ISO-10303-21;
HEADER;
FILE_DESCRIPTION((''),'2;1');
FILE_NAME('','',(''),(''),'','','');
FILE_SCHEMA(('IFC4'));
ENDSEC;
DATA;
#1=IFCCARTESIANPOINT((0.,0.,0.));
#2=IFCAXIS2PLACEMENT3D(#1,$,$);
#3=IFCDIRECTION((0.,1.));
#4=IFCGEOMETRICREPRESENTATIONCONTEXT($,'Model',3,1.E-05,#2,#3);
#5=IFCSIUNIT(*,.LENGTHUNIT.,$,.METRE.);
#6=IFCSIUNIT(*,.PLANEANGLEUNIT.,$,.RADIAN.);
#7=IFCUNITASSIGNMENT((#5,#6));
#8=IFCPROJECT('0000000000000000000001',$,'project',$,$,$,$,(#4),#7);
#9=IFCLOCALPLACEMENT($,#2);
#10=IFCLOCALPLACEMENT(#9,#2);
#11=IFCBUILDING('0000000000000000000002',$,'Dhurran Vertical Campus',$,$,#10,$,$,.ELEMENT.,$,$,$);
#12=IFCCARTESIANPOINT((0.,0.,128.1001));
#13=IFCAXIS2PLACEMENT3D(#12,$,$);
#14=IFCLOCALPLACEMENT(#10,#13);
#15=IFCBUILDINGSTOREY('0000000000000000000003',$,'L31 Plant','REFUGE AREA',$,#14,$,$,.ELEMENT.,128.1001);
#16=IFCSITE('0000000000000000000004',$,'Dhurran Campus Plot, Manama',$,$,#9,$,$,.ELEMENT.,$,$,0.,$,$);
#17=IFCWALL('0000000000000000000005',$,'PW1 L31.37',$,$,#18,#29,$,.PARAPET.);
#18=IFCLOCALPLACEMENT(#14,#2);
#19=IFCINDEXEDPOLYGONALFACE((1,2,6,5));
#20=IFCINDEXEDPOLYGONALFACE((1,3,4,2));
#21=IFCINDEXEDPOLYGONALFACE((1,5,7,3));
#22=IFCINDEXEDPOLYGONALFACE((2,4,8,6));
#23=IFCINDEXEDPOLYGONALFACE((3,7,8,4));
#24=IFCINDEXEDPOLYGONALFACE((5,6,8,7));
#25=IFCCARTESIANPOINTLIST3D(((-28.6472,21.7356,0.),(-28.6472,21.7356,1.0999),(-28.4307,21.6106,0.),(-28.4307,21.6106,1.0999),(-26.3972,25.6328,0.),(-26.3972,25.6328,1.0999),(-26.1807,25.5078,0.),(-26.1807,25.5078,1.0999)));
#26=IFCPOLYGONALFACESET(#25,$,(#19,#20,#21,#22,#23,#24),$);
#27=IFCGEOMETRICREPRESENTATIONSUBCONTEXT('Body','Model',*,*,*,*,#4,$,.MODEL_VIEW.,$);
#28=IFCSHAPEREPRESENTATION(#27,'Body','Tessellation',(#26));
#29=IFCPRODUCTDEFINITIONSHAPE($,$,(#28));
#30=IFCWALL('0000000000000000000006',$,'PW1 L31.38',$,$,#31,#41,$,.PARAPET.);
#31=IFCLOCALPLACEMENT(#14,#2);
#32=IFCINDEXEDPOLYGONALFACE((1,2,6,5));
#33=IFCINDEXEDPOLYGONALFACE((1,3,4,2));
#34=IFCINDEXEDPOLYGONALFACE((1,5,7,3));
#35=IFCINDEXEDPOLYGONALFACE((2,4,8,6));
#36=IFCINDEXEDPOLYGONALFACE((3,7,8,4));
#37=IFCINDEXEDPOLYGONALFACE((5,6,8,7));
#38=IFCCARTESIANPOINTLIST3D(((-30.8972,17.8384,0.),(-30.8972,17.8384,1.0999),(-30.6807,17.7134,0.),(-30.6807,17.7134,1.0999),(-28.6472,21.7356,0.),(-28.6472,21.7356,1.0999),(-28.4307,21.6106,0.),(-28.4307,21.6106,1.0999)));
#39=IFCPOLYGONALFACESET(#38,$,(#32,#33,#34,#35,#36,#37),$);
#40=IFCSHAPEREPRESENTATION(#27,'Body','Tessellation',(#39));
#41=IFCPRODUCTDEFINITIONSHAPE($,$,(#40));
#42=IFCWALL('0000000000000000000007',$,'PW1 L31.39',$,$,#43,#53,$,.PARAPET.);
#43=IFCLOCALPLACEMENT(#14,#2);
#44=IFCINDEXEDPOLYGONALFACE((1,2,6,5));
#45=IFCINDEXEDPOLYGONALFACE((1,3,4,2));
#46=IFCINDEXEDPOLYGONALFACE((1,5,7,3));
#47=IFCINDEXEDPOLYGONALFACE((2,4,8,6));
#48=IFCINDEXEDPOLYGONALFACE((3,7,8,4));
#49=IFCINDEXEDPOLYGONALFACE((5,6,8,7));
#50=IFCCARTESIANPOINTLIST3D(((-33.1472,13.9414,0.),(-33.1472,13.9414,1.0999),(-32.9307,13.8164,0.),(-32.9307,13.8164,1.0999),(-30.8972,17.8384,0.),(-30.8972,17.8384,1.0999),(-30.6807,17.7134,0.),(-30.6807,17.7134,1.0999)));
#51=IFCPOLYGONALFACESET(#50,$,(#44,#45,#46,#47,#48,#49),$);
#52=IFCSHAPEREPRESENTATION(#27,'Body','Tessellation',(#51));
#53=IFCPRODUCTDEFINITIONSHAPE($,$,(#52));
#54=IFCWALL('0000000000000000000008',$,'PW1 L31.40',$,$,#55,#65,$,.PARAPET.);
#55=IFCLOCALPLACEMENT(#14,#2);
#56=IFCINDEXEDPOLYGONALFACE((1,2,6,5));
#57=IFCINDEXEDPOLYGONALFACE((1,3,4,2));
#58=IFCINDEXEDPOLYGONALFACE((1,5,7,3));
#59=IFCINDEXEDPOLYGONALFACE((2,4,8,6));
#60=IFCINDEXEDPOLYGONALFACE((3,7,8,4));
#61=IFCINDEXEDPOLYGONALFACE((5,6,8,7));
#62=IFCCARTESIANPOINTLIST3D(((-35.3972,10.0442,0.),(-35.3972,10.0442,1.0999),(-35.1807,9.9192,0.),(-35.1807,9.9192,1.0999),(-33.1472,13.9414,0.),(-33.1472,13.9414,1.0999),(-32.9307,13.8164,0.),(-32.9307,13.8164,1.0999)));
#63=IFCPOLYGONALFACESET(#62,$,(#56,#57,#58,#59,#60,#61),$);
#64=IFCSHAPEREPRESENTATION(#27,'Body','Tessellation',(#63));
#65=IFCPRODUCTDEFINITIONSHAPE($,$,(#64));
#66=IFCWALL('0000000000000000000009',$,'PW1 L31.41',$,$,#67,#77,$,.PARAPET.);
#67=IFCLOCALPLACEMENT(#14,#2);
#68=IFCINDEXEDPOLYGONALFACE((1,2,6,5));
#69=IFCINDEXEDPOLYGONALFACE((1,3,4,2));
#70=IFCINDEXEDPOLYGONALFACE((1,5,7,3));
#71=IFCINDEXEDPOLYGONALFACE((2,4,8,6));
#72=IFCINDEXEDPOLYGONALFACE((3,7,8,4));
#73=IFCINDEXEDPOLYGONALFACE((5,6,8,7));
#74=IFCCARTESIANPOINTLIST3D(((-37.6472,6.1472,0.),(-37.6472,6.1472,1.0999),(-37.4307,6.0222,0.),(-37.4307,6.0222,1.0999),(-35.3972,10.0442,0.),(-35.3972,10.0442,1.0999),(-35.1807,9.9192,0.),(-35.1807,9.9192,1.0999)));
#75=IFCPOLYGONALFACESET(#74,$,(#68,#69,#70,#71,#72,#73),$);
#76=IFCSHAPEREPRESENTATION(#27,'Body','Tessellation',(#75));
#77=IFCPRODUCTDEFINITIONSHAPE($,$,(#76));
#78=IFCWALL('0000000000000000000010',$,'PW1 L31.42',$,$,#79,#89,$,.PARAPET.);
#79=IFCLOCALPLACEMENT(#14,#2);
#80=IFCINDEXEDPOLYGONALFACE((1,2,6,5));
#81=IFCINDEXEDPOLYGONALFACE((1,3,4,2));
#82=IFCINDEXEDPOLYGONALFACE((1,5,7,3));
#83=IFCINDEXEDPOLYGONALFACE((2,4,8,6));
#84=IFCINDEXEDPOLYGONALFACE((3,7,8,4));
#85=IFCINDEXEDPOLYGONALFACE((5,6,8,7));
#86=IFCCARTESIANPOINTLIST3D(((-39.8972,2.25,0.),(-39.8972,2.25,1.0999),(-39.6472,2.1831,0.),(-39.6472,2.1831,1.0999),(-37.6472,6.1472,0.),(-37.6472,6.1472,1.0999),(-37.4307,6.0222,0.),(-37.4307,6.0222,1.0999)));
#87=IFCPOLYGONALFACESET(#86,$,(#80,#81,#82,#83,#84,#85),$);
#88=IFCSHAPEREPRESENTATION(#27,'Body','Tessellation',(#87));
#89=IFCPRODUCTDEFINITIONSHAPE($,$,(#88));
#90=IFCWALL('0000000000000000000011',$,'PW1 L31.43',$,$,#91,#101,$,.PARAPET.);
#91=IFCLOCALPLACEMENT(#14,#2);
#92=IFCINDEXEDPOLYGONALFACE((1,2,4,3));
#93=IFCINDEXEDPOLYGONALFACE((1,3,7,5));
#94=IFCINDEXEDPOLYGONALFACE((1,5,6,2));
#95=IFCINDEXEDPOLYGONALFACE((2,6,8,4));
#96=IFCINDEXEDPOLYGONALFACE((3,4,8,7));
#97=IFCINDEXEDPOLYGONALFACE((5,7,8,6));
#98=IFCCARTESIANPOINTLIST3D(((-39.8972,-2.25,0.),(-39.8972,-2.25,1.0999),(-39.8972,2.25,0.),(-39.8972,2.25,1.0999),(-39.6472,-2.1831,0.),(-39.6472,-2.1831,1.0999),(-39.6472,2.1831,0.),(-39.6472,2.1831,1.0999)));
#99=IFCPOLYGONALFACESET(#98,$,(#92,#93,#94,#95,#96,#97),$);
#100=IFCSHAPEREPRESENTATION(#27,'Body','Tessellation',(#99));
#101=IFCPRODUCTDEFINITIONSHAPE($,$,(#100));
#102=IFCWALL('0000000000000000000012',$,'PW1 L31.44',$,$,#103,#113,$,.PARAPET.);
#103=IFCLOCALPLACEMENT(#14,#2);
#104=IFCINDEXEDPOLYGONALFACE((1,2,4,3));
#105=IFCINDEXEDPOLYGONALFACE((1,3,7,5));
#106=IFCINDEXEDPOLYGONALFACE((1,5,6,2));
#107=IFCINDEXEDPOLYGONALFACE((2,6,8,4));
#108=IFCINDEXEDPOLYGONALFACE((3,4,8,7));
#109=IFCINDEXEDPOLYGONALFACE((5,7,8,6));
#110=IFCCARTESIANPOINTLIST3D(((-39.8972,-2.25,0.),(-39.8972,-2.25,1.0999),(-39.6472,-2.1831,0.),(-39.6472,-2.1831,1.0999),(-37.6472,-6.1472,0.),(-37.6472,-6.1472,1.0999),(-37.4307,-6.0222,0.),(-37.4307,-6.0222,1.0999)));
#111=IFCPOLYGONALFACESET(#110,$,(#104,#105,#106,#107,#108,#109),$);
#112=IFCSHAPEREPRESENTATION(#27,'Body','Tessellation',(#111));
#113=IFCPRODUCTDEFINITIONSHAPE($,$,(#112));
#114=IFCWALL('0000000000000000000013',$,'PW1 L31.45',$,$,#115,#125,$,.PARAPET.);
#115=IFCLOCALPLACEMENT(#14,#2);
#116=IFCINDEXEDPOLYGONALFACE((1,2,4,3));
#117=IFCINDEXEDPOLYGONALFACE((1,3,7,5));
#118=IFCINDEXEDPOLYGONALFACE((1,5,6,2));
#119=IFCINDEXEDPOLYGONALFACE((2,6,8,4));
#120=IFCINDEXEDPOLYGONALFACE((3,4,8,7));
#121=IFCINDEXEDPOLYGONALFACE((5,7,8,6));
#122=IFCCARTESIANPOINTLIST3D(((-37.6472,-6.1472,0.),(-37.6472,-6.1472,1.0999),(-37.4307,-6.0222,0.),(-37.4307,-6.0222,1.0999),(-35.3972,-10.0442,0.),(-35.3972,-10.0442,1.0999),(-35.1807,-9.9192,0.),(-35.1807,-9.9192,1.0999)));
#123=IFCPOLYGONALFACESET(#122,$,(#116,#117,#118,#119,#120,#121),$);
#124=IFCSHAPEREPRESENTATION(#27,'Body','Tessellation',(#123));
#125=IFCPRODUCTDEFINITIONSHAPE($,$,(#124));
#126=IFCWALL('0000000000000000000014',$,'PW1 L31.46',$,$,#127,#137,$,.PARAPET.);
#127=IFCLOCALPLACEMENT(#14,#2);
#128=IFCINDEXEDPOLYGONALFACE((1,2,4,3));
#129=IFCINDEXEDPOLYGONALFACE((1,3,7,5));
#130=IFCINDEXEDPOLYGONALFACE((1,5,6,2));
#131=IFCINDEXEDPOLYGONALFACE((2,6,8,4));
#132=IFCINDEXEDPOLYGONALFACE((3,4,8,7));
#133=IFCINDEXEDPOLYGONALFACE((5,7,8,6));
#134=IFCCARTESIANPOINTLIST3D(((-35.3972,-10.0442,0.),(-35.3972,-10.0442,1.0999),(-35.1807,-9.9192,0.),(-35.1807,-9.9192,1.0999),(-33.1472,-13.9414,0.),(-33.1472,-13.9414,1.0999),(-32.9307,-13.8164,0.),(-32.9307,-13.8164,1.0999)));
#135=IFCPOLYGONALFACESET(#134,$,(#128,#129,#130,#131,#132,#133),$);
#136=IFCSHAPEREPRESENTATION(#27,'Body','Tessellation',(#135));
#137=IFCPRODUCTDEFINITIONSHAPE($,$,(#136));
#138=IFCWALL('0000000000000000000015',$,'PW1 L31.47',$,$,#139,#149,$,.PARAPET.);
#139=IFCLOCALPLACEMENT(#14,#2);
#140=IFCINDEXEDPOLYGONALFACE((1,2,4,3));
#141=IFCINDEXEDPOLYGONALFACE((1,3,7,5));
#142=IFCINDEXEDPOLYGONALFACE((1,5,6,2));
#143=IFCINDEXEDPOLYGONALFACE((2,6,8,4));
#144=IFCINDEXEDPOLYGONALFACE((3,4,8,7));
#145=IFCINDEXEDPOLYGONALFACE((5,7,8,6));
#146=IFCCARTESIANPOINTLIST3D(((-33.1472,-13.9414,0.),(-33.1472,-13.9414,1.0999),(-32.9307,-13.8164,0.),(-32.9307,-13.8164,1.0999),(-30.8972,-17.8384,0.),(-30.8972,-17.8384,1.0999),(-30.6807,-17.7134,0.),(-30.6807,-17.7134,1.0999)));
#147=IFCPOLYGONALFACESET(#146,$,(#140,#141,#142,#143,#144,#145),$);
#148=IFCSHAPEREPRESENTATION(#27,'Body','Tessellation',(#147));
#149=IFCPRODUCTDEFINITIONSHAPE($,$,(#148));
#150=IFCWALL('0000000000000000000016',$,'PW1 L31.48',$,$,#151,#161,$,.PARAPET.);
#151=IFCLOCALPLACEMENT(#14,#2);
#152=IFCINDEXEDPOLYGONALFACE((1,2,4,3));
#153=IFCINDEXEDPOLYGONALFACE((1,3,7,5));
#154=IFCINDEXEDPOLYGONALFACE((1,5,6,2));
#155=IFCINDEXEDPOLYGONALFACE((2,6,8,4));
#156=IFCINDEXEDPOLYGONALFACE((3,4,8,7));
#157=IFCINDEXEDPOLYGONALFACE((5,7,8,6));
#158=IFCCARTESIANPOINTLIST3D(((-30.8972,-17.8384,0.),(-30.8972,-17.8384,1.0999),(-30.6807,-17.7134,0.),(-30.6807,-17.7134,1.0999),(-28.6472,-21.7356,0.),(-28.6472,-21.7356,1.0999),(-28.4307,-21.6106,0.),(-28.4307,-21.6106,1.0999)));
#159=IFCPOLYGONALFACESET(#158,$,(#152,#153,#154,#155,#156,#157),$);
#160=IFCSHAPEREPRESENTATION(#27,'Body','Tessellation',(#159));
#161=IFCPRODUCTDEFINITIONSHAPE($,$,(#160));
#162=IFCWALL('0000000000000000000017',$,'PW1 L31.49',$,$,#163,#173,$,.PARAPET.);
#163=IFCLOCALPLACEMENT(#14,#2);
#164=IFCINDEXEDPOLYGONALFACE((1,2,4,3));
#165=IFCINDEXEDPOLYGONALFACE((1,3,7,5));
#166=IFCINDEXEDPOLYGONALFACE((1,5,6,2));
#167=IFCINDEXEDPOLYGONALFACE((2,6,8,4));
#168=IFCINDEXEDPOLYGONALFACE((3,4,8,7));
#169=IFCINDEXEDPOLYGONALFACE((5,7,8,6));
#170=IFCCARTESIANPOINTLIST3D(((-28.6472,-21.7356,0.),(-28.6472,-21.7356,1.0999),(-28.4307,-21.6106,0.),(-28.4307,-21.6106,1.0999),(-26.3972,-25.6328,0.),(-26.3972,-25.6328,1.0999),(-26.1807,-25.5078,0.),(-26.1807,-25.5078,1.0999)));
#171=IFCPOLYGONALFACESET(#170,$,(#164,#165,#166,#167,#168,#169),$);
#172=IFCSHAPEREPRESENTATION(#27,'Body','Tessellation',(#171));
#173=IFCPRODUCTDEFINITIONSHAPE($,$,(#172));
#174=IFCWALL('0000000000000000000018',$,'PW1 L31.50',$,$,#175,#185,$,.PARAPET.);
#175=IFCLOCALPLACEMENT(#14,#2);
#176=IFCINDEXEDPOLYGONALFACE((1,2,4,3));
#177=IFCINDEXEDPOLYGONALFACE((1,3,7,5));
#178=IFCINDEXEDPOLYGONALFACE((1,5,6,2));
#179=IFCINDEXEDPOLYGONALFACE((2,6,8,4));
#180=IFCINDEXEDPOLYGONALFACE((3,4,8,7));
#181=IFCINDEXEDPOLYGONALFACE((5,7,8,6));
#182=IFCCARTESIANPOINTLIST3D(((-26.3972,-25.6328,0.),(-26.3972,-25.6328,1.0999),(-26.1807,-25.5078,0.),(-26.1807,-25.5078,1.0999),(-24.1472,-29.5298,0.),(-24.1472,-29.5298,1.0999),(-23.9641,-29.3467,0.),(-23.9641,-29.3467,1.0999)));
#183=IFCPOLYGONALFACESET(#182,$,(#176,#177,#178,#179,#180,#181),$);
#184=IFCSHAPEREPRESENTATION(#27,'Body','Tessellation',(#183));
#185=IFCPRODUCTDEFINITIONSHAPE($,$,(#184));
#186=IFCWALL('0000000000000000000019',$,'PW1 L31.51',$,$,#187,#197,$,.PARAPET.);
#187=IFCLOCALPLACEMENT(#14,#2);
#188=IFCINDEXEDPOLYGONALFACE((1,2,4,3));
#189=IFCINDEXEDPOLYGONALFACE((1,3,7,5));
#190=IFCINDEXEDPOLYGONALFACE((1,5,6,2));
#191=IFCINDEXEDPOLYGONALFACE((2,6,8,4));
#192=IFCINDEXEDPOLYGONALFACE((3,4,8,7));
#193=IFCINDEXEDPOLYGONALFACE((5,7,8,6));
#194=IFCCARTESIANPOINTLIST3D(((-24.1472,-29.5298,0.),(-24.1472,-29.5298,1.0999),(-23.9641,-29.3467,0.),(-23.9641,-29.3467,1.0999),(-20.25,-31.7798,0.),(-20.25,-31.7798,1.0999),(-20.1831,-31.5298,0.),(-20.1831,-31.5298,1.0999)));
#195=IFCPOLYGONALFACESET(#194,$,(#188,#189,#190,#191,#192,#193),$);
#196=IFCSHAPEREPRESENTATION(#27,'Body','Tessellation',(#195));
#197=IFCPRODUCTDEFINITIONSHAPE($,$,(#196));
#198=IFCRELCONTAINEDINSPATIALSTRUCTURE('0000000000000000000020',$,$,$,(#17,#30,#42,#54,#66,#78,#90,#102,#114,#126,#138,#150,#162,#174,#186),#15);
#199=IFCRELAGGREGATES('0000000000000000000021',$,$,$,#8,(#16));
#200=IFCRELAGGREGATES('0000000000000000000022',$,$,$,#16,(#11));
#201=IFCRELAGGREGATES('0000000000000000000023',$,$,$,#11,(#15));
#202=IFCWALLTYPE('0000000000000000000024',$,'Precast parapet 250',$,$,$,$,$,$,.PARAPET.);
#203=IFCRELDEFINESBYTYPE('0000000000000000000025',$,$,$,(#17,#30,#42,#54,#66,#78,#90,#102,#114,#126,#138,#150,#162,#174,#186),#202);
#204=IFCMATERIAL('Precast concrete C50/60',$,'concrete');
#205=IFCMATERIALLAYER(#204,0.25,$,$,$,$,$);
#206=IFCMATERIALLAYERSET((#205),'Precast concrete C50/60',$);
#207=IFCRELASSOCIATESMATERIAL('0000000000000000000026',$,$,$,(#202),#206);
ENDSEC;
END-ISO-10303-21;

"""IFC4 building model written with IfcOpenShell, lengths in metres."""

from ifc_helpers import new_model, si_unit, direction, frame, origin, place, context, subcontext, project, spatial, polyline, outline, extrude, material, layer, layer_set, type_object, element, save


model = new_model("IFC4")

# Units and contexts
model_context = context("Model", 3, precision=1e-05, world=origin(), true_north=direction((0.0, 1.0)))
body_context = subcontext(model_context, "Body", "Model", "MODEL_VIEW")
ifc_project = project(units=[si_unit("LENGTHUNIT", "METRE"), si_unit("PLANEANGLEUNIT", "RADIAN")], contexts=[model_context])

# Site, building, storey
site_placement = place(None, origin())
site = spatial("IfcSite", under=ifc_project, at=site_placement, Name="Dhurran Campus Plot, Manama", CompositionType="ELEMENT", RefElevation=0.0)
building_placement = place(site_placement, origin())
building = spatial("IfcBuilding", under=site, at=building_placement, Name="Dhurran Vertical Campus", CompositionType="ELEMENT")
storey_placement = place(building_placement, frame((0.0, 0.0, 128.1001)))
storey = spatial("IfcBuildingStorey", under=building, at=storey_placement, Name="L31 Plant", Description="REFUGE AREA", CompositionType="ELEMENT", Elevation=128.1001)

# Walls
ifc_material_1 = material(Name="Precast concrete C50/60", Category="concrete")
ifc_layer_1 = layer(ifc_material_1, 0.25)
ifc_layer_set_1 = layer_set([ifc_layer_1], Name="Precast concrete C50/60")
wall_type_1 = type_object("IfcWallType", Name="Precast parapet 250", PredefinedType="PARAPET", material=ifc_layer_set_1)
wall_1_placement = place(storey_placement, origin())
element("IfcWall", 1, at=wall_1_placement, inside=storey, type_object=wall_type_1, Name="PW1 L31.37", PredefinedType="PARAPET", context=body_context, shape_type="SweptSolid", body=[
    extrude(outline(polyline([(-26.3972, 25.6328), (-28.6472, 21.7356), (-28.4307, 21.6106), (-26.1807, 25.5078), (-26.3972, 25.6328)])), origin(), (0.0, 0.0, 1.0), 1.0999),
])
wall_2_placement = place(storey_placement, origin())
element("IfcWall", 2, at=wall_2_placement, inside=storey, type_object=wall_type_1, Name="PW1 L31.38", PredefinedType="PARAPET", context=body_context, shape_type="SweptSolid", body=[
    extrude(outline(polyline([(-28.6472, 21.7356), (-30.8972, 17.8384), (-30.6807, 17.7134), (-28.4307, 21.6106), (-28.6472, 21.7356)])), origin(), (0.0, 0.0, 1.0), 1.0999),
])
wall_3_placement = place(storey_placement, origin())
element("IfcWall", 3, at=wall_3_placement, inside=storey, type_object=wall_type_1, Name="PW1 L31.39", PredefinedType="PARAPET", context=body_context, shape_type="SweptSolid", body=[
    extrude(outline(polyline([(-30.8972, 17.8384), (-33.1472, 13.9414), (-32.9307, 13.8164), (-30.6807, 17.7134), (-30.8972, 17.8384)])), origin(), (0.0, 0.0, 1.0), 1.0999),
])
wall_4_placement = place(storey_placement, origin())
element("IfcWall", 4, at=wall_4_placement, inside=storey, type_object=wall_type_1, Name="PW1 L31.40", PredefinedType="PARAPET", context=body_context, shape_type="SweptSolid", body=[
    extrude(outline(polyline([(-33.1472, 13.9414), (-35.3972, 10.0442), (-35.1807, 9.9192), (-32.9307, 13.8164), (-33.1472, 13.9414)])), origin(), (0.0, 0.0, 1.0), 1.0999),
])
wall_5_placement = place(storey_placement, origin())
element("IfcWall", 5, at=wall_5_placement, inside=storey, type_object=wall_type_1, Name="PW1 L31.41", PredefinedType="PARAPET", context=body_context, shape_type="SweptSolid", body=[
    extrude(outline(polyline([(-35.3972, 10.0442), (-37.6472, 6.1472), (-37.4307, 6.0222), (-35.1807, 9.9192), (-35.3972, 10.0442)])), origin(), (0.0, 0.0, 1.0), 1.0999),
])
wall_6_placement = place(storey_placement, origin())
element("IfcWall", 6, at=wall_6_placement, inside=storey, type_object=wall_type_1, Name="PW1 L31.42", PredefinedType="PARAPET", context=body_context, shape_type="SweptSolid", body=[
    extrude(outline(polyline([(-37.6472, 6.1472), (-39.8972, 2.25), (-39.6472, 2.1831), (-37.4307, 6.0222), (-37.6472, 6.1472)])), origin(), (0.0, 0.0, 1.0), 1.0999),
])
wall_7_placement = place(storey_placement, origin())
element("IfcWall", 7, at=wall_7_placement, inside=storey, type_object=wall_type_1, Name="PW1 L31.43", PredefinedType="PARAPET", context=body_context, shape_type="SweptSolid", body=[
    extrude(outline(polyline([(-39.8972, 2.25), (-39.8972, -2.25), (-39.6472, -2.1831), (-39.6472, 2.1831), (-39.8972, 2.25)])), origin(), (0.0, 0.0, 1.0), 1.0999),
])
wall_8_placement = place(storey_placement, origin())
element("IfcWall", 8, at=wall_8_placement, inside=storey, type_object=wall_type_1, Name="PW1 L31.44", PredefinedType="PARAPET", context=body_context, shape_type="SweptSolid", body=[
    extrude(outline(polyline([(-39.8972, -2.25), (-37.6472, -6.1472), (-37.4307, -6.0222), (-39.6472, -2.1831), (-39.8972, -2.25)])), origin(), (0.0, 0.0, 1.0), 1.0999),
])
wall_9_placement = place(storey_placement, origin())
element("IfcWall", 9, at=wall_9_placement, inside=storey, type_object=wall_type_1, Name="PW1 L31.45", PredefinedType="PARAPET", context=body_context, shape_type="SweptSolid", body=[
    extrude(outline(polyline([(-37.6472, -6.1472), (-35.3972, -10.0442), (-35.1807, -9.9192), (-37.4307, -6.0222), (-37.6472, -6.1472)])), origin(), (0.0, 0.0, 1.0), 1.0999),
])
wall_10_placement = place(storey_placement, origin())
element("IfcWall", 10, at=wall_10_placement, inside=storey, type_object=wall_type_1, Name="PW1 L31.46", PredefinedType="PARAPET", context=body_context, shape_type="SweptSolid", body=[
    extrude(outline(polyline([(-35.3972, -10.0442), (-33.1472, -13.9414), (-32.9307, -13.8164), (-35.1807, -9.9192), (-35.3972, -10.0442)])), origin(), (0.0, 0.0, 1.0), 1.0999),
])
wall_11_placement = place(storey_placement, origin())
element("IfcWall", 11, at=wall_11_placement, inside=storey, type_object=wall_type_1, Name="PW1 L31.47", PredefinedType="PARAPET", context=body_context, shape_type="SweptSolid", body=[
    extrude(outline(polyline([(-33.1472, -13.9414), (-30.8972, -17.8384), (-30.6807, -17.7134), (-32.9307, -13.8164), (-33.1472, -13.9414)])), origin(), (0.0, 0.0, 1.0), 1.0999),
])
wall_12_placement = place(storey_placement, origin())
element("IfcWall", 12, at=wall_12_placement, inside=storey, type_object=wall_type_1, Name="PW1 L31.48", PredefinedType="PARAPET", context=body_context, shape_type="SweptSolid", body=[
    extrude(outline(polyline([(-30.8972, -17.8384), (-28.6472, -21.7356), (-28.4307, -21.6106), (-30.6807, -17.7134), (-30.8972, -17.8384)])), origin(), (0.0, 0.0, 1.0), 1.0999),
])
wall_13_placement = place(storey_placement, origin())
element("IfcWall", 13, at=wall_13_placement, inside=storey, type_object=wall_type_1, Name="PW1 L31.49", PredefinedType="PARAPET", context=body_context, shape_type="SweptSolid", body=[
    extrude(outline(polyline([(-28.6472, -21.7356), (-26.3972, -25.6328), (-26.1807, -25.5078), (-28.4307, -21.6106), (-28.6472, -21.7356)])), origin(), (0.0, 0.0, 1.0), 1.0999),
])
wall_14_placement = place(storey_placement, origin())
element("IfcWall", 14, at=wall_14_placement, inside=storey, type_object=wall_type_1, Name="PW1 L31.50", PredefinedType="PARAPET", context=body_context, shape_type="SweptSolid", body=[
    extrude(outline(polyline([(-26.3972, -25.6328), (-24.1472, -29.5298), (-23.9641, -29.3467), (-26.1807, -25.5078), (-26.3972, -25.6328)])), origin(), (0.0, 0.0, 1.0), 1.0999),
])
wall_15_placement = place(storey_placement, origin())
element("IfcWall", 15, at=wall_15_placement, inside=storey, type_object=wall_type_1, Name="PW1 L31.51", PredefinedType="PARAPET", context=body_context, shape_type="SweptSolid", body=[
    extrude(outline(polyline([(-24.1472, -29.5298), (-20.25, -31.7798), (-20.1831, -31.5298), (-23.9641, -29.3467), (-24.1472, -29.5298)])), origin(), (0.0, 0.0, 1.0), 1.0999),
])

save(model, "model.ifc")
